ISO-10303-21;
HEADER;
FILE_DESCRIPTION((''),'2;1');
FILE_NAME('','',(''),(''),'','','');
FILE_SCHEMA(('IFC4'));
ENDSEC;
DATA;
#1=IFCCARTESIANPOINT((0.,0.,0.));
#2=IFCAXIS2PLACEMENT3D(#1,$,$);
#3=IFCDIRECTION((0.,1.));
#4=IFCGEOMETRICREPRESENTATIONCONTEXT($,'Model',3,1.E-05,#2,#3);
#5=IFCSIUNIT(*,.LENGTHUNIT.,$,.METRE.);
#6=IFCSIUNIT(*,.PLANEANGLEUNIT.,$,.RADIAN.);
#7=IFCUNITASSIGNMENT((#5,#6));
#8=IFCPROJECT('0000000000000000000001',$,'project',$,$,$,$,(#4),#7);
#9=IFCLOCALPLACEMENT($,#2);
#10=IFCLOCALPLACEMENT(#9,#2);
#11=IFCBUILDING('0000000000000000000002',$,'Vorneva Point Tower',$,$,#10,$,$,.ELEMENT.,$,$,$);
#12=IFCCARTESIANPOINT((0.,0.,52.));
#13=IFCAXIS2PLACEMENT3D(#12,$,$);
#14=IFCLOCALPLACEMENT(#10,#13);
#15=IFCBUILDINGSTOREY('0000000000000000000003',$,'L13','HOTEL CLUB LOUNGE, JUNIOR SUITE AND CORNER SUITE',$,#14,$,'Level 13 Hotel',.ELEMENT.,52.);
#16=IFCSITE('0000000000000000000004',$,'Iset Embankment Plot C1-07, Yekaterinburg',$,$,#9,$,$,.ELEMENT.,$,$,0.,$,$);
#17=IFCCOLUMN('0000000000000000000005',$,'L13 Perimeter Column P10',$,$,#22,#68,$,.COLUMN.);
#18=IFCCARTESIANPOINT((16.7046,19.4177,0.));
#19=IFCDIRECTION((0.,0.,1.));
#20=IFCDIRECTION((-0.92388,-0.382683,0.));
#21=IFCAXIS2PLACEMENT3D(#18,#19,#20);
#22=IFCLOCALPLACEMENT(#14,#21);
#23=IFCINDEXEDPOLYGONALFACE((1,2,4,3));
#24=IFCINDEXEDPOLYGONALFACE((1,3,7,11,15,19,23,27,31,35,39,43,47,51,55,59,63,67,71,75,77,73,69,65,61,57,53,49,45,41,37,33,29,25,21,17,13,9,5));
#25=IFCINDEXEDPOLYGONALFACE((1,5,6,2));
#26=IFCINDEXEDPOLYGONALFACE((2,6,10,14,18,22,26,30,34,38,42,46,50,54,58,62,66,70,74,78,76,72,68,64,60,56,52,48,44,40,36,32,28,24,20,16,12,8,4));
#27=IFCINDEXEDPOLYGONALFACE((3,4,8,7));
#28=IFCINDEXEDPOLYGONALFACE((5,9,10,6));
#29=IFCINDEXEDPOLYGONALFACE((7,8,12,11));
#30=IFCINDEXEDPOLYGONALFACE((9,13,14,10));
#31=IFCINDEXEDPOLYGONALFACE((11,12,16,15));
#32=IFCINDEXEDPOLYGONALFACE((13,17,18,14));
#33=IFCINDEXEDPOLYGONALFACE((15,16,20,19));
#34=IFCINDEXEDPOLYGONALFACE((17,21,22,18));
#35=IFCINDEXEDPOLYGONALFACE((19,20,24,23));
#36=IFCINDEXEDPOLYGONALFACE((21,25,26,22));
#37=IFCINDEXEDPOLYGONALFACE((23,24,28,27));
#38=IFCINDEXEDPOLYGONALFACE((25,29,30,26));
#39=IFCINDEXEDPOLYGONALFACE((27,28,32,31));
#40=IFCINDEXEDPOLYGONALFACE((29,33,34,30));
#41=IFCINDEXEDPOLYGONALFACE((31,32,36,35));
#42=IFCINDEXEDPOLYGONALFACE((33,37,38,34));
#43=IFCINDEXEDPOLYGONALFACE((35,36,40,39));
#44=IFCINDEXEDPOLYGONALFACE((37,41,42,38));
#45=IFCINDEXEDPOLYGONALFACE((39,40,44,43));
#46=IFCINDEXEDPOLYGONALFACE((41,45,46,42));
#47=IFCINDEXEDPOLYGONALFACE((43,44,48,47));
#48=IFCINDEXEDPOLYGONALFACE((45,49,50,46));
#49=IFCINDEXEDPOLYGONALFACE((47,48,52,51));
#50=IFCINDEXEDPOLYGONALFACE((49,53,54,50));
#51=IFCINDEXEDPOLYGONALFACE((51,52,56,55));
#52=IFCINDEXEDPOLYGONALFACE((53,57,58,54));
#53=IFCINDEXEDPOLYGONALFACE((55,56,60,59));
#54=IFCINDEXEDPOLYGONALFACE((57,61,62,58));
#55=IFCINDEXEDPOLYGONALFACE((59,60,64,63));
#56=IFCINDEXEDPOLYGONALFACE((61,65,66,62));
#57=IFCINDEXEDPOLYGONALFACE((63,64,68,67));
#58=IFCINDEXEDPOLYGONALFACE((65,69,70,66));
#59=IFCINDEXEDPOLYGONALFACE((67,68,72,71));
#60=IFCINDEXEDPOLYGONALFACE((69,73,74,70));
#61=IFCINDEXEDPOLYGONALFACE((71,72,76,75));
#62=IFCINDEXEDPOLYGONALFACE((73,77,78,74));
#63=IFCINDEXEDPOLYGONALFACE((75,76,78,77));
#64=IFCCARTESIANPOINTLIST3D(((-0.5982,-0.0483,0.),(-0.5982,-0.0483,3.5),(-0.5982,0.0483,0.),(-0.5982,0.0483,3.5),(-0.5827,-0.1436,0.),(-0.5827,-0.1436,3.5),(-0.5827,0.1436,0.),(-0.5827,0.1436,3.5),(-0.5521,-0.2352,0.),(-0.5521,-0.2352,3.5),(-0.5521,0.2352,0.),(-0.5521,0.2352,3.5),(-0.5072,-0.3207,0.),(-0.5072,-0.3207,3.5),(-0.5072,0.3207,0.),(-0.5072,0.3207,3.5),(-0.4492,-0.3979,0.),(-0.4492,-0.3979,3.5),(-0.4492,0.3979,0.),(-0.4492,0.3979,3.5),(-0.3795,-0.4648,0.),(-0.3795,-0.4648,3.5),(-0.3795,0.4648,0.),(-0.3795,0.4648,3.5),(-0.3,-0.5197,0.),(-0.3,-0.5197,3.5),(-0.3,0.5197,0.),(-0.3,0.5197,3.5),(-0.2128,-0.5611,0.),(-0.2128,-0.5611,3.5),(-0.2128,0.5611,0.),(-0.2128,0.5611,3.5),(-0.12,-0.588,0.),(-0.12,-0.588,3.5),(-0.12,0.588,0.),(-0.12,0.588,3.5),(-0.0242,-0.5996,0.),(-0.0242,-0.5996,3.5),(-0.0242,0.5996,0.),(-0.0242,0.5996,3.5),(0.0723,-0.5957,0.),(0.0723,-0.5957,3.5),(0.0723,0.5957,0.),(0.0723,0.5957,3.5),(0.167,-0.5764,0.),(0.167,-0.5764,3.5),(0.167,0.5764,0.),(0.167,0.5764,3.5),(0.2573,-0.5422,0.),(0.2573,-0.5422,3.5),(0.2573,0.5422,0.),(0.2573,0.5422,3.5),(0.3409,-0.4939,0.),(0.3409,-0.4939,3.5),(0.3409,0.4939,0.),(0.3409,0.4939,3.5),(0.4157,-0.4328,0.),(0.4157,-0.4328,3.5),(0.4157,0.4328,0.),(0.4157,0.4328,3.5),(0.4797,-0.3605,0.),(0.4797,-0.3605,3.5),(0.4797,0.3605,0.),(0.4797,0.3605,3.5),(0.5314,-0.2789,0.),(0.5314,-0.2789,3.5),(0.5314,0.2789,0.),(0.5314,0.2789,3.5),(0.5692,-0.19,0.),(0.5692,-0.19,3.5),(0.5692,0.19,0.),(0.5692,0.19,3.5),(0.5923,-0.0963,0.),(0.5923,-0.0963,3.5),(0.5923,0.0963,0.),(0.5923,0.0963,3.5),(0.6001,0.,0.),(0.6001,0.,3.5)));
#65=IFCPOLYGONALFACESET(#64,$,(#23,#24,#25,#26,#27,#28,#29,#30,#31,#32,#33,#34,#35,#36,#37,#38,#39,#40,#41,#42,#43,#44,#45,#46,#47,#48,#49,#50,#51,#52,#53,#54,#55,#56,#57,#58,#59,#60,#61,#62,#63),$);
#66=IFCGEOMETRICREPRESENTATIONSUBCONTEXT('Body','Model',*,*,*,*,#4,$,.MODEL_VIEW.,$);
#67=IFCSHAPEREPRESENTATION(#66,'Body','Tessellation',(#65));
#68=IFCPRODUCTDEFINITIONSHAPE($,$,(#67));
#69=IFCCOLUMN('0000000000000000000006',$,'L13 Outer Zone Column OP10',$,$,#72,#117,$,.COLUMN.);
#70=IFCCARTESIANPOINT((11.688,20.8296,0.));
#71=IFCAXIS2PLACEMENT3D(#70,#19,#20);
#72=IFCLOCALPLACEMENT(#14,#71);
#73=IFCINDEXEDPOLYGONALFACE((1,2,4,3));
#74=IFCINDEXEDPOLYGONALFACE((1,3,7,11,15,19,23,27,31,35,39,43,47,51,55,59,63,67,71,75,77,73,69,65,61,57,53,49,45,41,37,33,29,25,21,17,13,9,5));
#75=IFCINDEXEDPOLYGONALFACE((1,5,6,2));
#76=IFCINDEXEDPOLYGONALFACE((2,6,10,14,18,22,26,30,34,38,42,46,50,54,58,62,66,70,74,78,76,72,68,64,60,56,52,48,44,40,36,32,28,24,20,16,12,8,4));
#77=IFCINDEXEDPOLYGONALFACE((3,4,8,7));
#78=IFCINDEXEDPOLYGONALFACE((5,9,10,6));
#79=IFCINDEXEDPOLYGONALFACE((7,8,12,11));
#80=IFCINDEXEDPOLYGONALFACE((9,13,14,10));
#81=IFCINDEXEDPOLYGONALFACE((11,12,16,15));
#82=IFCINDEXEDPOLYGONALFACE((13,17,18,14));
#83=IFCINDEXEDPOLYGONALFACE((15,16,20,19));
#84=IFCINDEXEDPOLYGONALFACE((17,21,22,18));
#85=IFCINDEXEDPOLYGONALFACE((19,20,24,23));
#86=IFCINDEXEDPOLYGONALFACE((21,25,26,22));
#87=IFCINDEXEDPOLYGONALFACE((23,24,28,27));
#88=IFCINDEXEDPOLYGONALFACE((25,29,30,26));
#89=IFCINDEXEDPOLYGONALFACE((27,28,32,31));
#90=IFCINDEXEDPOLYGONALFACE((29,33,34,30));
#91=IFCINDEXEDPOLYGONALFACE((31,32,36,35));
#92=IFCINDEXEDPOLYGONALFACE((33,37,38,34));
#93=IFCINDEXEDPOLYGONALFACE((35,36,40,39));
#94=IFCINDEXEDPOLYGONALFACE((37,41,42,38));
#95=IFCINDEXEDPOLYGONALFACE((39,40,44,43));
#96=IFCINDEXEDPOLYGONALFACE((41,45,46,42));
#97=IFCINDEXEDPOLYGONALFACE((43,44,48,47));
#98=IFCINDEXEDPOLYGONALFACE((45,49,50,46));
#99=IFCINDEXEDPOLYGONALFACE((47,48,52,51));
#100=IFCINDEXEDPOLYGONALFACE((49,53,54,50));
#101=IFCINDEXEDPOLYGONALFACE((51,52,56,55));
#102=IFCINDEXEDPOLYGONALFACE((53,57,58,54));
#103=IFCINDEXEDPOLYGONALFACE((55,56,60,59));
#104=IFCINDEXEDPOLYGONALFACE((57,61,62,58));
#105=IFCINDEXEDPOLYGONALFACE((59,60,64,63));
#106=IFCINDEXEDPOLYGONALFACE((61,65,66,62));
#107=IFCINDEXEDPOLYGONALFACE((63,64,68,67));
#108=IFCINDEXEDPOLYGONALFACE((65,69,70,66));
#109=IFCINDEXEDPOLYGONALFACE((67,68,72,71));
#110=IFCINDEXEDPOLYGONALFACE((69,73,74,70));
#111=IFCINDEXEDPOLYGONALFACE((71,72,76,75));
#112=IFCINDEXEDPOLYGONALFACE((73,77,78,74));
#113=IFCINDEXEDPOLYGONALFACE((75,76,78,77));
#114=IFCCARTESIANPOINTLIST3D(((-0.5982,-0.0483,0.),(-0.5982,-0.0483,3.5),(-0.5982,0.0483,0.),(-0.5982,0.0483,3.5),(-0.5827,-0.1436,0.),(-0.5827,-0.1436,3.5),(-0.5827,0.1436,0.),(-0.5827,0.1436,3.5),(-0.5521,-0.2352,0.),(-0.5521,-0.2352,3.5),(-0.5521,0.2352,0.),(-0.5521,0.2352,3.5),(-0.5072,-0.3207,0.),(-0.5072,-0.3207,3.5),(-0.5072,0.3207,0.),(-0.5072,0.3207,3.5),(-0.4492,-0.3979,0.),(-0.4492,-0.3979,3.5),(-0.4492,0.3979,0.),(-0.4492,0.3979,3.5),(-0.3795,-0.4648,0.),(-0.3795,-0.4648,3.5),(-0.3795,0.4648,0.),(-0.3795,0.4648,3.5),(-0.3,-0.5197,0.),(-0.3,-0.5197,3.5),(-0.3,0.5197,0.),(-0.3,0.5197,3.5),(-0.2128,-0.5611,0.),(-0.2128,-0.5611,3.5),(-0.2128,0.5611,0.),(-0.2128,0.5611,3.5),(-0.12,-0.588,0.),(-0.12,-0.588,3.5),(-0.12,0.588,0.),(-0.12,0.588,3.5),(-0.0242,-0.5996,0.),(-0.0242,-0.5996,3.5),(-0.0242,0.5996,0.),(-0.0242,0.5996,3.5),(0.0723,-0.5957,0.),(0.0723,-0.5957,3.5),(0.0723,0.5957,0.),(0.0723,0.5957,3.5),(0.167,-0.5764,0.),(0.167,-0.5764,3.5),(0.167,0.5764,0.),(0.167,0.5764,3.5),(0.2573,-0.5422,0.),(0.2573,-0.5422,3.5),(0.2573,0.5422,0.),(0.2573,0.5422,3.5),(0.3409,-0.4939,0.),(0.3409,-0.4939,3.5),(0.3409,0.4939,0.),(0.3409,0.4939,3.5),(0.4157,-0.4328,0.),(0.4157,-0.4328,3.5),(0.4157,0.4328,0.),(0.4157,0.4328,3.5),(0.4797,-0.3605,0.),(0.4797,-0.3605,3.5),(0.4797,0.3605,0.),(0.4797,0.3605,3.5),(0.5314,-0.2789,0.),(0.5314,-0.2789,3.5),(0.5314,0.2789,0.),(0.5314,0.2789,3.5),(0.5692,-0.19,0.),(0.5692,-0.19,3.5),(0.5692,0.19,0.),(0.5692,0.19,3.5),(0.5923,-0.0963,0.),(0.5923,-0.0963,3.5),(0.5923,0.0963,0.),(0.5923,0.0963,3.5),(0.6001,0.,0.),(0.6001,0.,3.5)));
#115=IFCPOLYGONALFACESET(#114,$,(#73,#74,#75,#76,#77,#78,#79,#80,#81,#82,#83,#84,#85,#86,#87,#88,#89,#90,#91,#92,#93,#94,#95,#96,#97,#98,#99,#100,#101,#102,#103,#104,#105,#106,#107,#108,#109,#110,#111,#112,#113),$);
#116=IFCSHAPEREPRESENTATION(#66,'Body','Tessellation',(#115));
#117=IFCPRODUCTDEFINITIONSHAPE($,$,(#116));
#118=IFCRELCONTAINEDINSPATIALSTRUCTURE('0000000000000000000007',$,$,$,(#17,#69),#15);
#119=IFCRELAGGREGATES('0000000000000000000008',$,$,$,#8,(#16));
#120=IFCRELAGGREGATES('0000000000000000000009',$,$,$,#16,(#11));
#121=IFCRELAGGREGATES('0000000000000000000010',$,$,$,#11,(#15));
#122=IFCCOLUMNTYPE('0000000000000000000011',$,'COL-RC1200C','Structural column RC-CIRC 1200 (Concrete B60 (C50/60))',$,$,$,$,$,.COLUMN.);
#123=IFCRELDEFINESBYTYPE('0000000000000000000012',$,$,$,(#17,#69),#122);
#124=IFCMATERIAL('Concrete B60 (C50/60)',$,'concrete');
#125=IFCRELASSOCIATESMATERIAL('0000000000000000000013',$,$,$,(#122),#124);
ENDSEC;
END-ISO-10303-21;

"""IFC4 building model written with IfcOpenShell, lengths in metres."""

from ifc_helpers import new_model, si_unit, direction, frame, origin, origin_2d, place, context, subcontext, project, spatial, circle, extrude, material, material_profile, profile_set, type_object, element, save


model = new_model("IFC4")

# Units and contexts
model_context = context("Model", 3, precision=1e-05, world=origin(), true_north=direction((0.0, 1.0)))
body_context = subcontext(model_context, "Body", "Model", "MODEL_VIEW")
ifc_project = project(units=[si_unit("LENGTHUNIT", "METRE"), si_unit("PLANEANGLEUNIT", "RADIAN")], contexts=[model_context])

# Site, building, storey
site_placement = place(None, origin())
site = spatial("IfcSite", under=ifc_project, at=site_placement, Name="Iset Embankment Plot C1-07, Yekaterinburg", CompositionType="ELEMENT", RefElevation=0.0)
building_placement = place(site_placement, origin())
building = spatial("IfcBuilding", under=site, at=building_placement, Name="Vorneva Point Tower", CompositionType="ELEMENT")
storey_placement = place(building_placement, frame((0.0, 0.0, 52.0)))
storey = spatial("IfcBuildingStorey", under=building, at=storey_placement, Name="L13", Description="HOTEL CLUB LOUNGE, JUNIOR SUITE AND CORNER SUITE", LongName="Level 13 Hotel", CompositionType="ELEMENT", Elevation=52.0)

# Columns
ifc_material_1 = material(Name="Concrete B60 (C50/60)", Category="concrete")
ifc_material_profile_1 = material_profile(ifc_material_1, circle(Radius=0.6001, at=origin_2d()), Name="RC-CIRC 1200")
ifc_profile_set_1 = profile_set([ifc_material_profile_1], Name="Concrete B60 (C50/60)")
column_type = type_object("IfcColumnType", Name="COL-RC1200C", Description="Structural column RC-CIRC 1200 (Concrete B60 (C50/60))", PredefinedType="COLUMN", material=ifc_profile_set_1)
for number, where, z_axis, x_axis, name in (
    (1, (16.7046, 19.4177, 0.0), (0.0, 0.0, 1.0), (-0.92388, -0.382683, 0.0), "L13 Perimeter Column P10"),
    (2, (11.688, 20.8296, 0.0), (0.0, 0.0, 1.0), (-0.92388, -0.382683, 0.0), "L13 Outer Zone Column OP10"),
):
    element("IfcColumn", number, at=place(storey_placement, frame(where, z_axis=z_axis, x_axis=x_axis)), inside=storey, type_object=column_type, Name=name, PredefinedType="COLUMN", context=body_context, shape_type="SweptSolid", body=[
        extrude(circle(Radius=0.6001, at=origin_2d()), origin(), (0.0, 0.0, 1.0), 3.5),
    ])

save(model, "model.ifc")
